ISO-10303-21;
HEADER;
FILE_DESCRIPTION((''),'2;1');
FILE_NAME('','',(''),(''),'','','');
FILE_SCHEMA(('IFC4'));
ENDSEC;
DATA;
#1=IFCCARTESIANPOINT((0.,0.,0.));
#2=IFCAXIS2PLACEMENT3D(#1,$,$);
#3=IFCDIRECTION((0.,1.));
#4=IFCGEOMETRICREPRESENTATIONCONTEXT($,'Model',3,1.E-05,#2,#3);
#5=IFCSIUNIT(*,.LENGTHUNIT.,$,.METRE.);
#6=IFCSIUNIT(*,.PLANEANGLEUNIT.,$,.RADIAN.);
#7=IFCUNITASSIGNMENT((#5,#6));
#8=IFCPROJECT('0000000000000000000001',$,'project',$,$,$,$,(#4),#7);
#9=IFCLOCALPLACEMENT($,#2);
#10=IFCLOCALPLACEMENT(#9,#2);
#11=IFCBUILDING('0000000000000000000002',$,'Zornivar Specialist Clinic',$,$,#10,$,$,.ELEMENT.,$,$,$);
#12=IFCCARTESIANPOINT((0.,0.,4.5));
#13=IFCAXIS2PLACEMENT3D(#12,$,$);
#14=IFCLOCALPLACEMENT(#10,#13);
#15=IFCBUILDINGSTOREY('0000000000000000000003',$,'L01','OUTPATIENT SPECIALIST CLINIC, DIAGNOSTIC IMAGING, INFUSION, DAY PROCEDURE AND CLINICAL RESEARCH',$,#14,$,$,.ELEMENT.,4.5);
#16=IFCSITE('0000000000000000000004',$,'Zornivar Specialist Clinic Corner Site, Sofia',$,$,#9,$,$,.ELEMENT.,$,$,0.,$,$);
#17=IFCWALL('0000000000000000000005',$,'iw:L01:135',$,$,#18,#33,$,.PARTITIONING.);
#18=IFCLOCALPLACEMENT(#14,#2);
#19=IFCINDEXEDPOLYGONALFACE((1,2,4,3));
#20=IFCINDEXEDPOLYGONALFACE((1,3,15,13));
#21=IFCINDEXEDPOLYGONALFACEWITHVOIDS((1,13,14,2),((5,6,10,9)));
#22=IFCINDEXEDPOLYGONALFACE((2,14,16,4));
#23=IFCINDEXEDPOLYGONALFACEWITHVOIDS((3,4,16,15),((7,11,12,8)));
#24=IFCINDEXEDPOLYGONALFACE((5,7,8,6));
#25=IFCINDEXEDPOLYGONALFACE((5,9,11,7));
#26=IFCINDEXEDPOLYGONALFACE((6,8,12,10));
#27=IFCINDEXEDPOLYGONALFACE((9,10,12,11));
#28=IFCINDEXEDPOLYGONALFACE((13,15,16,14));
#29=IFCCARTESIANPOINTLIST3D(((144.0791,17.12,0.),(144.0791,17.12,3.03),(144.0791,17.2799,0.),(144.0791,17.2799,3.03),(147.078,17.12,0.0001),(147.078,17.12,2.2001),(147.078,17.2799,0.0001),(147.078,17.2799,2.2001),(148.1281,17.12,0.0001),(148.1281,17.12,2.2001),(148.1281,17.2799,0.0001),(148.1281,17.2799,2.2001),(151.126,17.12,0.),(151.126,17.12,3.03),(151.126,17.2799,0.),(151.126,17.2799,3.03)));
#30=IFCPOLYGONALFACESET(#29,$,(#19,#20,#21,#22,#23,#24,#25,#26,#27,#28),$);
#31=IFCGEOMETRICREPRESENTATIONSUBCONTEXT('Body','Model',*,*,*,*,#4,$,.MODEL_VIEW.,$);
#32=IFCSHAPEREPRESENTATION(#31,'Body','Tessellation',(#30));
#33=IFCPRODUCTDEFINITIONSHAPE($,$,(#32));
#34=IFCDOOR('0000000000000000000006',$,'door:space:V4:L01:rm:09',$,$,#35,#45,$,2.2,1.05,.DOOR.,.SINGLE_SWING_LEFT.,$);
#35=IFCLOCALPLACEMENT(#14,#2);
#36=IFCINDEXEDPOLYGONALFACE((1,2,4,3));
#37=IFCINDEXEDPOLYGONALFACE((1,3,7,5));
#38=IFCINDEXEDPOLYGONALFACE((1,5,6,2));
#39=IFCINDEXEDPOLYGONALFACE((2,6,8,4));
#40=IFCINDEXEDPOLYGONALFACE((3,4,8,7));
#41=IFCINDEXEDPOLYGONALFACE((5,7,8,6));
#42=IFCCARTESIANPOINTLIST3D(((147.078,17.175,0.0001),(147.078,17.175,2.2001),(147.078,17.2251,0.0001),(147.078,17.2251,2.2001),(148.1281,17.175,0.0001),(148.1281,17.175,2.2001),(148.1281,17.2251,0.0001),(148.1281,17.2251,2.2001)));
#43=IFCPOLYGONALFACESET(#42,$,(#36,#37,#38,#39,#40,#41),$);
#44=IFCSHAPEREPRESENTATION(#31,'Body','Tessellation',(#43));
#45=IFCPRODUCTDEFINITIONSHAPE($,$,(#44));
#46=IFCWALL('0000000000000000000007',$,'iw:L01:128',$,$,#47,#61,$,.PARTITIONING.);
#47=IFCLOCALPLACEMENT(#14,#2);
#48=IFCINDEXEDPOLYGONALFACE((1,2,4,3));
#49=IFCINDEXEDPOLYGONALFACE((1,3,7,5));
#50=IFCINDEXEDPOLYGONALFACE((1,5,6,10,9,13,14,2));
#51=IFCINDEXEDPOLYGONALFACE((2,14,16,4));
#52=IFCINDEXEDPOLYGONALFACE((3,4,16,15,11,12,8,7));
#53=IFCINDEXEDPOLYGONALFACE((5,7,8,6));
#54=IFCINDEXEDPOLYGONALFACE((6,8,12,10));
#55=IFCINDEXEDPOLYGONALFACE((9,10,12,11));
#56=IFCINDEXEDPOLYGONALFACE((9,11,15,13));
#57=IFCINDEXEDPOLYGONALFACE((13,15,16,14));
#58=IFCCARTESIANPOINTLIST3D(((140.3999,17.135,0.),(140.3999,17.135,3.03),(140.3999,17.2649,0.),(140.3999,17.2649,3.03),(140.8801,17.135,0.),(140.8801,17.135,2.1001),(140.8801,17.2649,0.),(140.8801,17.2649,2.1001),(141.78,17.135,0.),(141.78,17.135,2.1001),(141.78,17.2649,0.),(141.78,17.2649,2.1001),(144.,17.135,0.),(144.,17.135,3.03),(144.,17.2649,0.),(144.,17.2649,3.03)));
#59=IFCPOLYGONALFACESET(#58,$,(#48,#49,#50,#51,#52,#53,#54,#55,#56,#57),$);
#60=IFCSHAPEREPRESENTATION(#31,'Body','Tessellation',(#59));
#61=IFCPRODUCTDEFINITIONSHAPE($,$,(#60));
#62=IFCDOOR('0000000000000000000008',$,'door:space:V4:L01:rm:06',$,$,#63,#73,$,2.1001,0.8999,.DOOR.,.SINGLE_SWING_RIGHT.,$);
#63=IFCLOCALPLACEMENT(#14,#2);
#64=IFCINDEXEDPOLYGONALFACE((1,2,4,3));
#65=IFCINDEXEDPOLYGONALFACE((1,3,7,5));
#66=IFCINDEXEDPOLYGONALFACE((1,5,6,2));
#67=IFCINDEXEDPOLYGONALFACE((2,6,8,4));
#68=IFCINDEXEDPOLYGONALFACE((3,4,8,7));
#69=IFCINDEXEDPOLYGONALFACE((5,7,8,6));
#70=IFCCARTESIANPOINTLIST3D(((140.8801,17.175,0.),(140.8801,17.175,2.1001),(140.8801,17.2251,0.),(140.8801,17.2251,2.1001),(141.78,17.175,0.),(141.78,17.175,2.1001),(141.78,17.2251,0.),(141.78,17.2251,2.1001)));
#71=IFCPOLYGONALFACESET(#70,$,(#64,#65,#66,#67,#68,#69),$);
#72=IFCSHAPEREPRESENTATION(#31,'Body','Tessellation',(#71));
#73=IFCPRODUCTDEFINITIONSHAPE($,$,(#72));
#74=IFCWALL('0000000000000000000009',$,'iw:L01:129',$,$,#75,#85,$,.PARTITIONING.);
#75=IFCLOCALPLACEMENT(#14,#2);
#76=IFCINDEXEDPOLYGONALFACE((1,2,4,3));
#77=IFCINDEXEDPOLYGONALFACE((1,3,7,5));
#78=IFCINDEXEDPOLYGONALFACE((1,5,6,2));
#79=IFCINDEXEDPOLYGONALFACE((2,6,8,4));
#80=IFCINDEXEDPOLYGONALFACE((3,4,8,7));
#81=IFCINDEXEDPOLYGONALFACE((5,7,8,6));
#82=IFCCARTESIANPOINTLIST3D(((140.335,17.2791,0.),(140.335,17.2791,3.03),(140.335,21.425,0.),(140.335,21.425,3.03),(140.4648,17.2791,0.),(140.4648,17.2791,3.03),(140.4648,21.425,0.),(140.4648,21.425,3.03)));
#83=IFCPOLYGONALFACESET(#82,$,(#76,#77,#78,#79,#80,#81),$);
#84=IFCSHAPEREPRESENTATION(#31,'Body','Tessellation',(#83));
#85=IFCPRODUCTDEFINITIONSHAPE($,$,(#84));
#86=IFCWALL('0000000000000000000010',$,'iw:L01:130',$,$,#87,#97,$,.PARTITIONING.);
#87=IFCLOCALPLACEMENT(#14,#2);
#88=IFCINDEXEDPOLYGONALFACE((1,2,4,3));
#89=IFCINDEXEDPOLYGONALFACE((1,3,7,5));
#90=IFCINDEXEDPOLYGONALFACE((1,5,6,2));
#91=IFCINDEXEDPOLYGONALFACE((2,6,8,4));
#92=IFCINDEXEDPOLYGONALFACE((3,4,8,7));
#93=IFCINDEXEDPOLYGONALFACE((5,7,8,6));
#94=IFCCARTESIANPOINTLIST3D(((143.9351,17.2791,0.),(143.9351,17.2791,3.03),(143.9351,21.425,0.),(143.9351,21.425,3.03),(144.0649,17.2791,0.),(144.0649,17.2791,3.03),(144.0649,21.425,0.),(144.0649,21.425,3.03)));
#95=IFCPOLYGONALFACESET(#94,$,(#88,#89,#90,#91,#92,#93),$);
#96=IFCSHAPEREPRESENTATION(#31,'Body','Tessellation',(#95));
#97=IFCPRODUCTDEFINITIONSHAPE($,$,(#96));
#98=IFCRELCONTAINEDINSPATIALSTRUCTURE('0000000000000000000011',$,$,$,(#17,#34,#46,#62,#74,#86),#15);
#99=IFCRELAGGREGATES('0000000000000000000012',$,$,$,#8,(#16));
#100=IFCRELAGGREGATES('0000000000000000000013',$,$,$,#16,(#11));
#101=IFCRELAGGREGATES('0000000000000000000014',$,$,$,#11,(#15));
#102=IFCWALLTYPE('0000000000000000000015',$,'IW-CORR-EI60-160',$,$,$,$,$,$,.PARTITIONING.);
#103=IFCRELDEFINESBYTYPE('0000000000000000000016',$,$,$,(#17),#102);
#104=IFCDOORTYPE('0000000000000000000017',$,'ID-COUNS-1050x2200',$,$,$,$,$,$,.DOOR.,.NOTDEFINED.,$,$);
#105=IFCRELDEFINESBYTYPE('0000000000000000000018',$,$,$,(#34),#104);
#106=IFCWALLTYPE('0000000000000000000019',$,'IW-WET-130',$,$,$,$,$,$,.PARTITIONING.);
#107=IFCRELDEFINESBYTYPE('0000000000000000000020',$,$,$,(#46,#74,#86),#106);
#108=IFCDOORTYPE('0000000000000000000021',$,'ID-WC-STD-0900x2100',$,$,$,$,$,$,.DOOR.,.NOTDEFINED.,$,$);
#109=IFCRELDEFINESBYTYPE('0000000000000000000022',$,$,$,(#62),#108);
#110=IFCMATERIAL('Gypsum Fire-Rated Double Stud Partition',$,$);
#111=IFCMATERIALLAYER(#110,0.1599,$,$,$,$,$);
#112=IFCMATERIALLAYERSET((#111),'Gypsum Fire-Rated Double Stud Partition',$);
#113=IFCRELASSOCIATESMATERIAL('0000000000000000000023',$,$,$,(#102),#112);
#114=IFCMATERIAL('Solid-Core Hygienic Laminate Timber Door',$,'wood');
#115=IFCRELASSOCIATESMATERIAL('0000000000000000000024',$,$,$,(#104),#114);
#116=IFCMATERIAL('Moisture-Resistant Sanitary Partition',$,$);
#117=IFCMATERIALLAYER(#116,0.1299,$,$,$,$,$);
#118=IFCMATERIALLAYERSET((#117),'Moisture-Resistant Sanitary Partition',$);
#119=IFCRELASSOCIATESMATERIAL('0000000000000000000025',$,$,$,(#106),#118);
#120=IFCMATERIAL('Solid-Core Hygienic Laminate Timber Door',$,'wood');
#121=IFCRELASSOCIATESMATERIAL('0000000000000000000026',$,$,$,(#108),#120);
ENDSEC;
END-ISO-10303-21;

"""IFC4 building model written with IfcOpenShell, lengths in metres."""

from ifc_helpers import new_model, si_unit, direction, frame, frame_2d, origin, place, context, subcontext, project, spatial, rectangle, extrude, material, layer, layer_set, type_object, element, fill, save


model = new_model("IFC4")

# Units and contexts
model_context = context("Model", 3, precision=1e-05, world=origin(), true_north=direction((0.0, 1.0)))
body_context = subcontext(model_context, "Body", "Model", "MODEL_VIEW")
ifc_project = project(units=[si_unit("LENGTHUNIT", "METRE"), si_unit("PLANEANGLEUNIT", "RADIAN")], contexts=[model_context])

# Site, building, storey
site_placement = place(None, origin())
site = spatial("IfcSite", under=ifc_project, at=site_placement, Name="Zornivar Specialist Clinic Corner Site, Sofia", CompositionType="ELEMENT", RefElevation=0.0)
building_placement = place(site_placement, origin())
building = spatial("IfcBuilding", under=site, at=building_placement, Name="Zornivar Specialist Clinic", CompositionType="ELEMENT")
storey_placement = place(building_placement, frame((0.0, 0.0, 4.5)))
storey = spatial("IfcBuildingStorey", under=building, at=storey_placement, Name="L01", Description="OUTPATIENT SPECIALIST CLINIC, DIAGNOSTIC IMAGING, INFUSION, DAY PROCEDURE AND CLINICAL RESEARCH", CompositionType="ELEMENT", Elevation=4.5)

# Walls, openings, doors
ifc_material_1 = material(Name="Gypsum Fire-Rated Double Stud Partition")
ifc_layer_1 = layer(ifc_material_1, 0.1599)
ifc_layer_set_1 = layer_set([ifc_layer_1], Name="Gypsum Fire-Rated Double Stud Partition")
wall_type_1 = type_object("IfcWallType", Name="IW-CORR-EI60-160", PredefinedType="PARTITIONING", material=ifc_layer_set_1)
wall_1_placement = place(storey_placement, frame((151.126, 17.2, 0.0), z_axis=(0.0, 0.0, 1.0), x_axis=(-1.0, 0.0, 0.0)))
wall_1 = element("IfcWall", 1, at=wall_1_placement, inside=storey, type_object=wall_type_1, Name="iw:L01:135", PredefinedType="PARTITIONING", context=body_context, shape_type="SweptSolid", body=[
    extrude(rectangle(XDim=7.0469, YDim=0.1599, at=frame_2d((3.5234, 0.0))), origin(), (0.0, 0.0, 1.0), 3.03),
])
opening_1_placement = place(wall_1_placement, frame((2.998, 0.0, 0.0)))
opening_1 = element("IfcOpeningElement", 2, at=opening_1_placement, cuts=wall_1, PredefinedType="OPENING", context=body_context, shape_type="SweptSolid", body=[
    extrude(rectangle(XDim=1.05, YDim=2.2, at=frame_2d((0.5249, 1.1001))), frame((0.0, 0.0898, 0.0), z_axis=(0.0, -1.0, 0.0), x_axis=(1.0, 0.0, 0.0)), (0.0, 0.0, 1.0), 0.1799),
])
ifc_material_2 = material(Name="Solid-Core Hygienic Laminate Timber Door", Category="wood")
door_type_1 = type_object("IfcDoorType", Name="ID-COUNS-1050x2200", OperationType="NOTDEFINED", PredefinedType="DOOR", material=ifc_material_2)
door_1_placement = place(opening_1_placement, origin())
door_1 = element("IfcDoor", 3, at=door_1_placement, inside=storey, type_object=door_type_1, Name="door:space:V4:L01:rm:09", OperationType="SINGLE_SWING_LEFT", OverallHeight=2.2, OverallWidth=1.05, PredefinedType="DOOR", context=body_context, shape_type="SweptSolid", body=[
    extrude(rectangle(XDim=1.05, YDim=2.2, at=frame_2d((0.5249, 1.1001))), frame((0.0, 0.0249, 0.0), z_axis=(0.0, -1.0, 0.0), x_axis=(1.0, 0.0, 0.0)), (0.0, 0.0, 1.0), 0.05),
])
fill(opening_1, door_1)
ifc_material_3 = material(Name="Moisture-Resistant Sanitary Partition")
ifc_layer_2 = layer(ifc_material_3, 0.1299)
ifc_layer_set_2 = layer_set([ifc_layer_2], Name="Moisture-Resistant Sanitary Partition")
wall_type_2 = type_object("IfcWallType", Name="IW-WET-130", PredefinedType="PARTITIONING", material=ifc_layer_set_2)
wall_2_placement = place(storey_placement, frame((144.0, 17.2, 0.0), z_axis=(0.0, 0.0, 1.0), x_axis=(-1.0, 0.0, 0.0)))
wall_2 = element("IfcWall", 4, at=wall_2_placement, inside=storey, type_object=wall_type_2, Name="iw:L01:128", PredefinedType="PARTITIONING", context=body_context, shape_type="SweptSolid", body=[
    extrude(rectangle(XDim=3.6001, YDim=0.1299, at=frame_2d((1.8, 0.0))), origin(), (0.0, 0.0, 1.0), 3.03),
])
opening_2_placement = place(wall_2_placement, frame((2.22, 0.0, 0.0)))
opening_2 = element("IfcOpeningElement", 5, at=opening_2_placement, cuts=wall_2, PredefinedType="OPENING", context=body_context, shape_type="SweptSolid", body=[
    extrude(rectangle(XDim=0.8999, YDim=2.1001, at=frame_2d((0.45, 1.05))), frame((0.0, 0.075, 0.0), z_axis=(0.0, -1.0, 0.0), x_axis=(1.0, 0.0, 0.0)), (0.0, 0.0, 1.0), 0.1499),
])
ifc_material_4 = material(Name="Solid-Core Hygienic Laminate Timber Door", Category="wood")
door_type_2 = type_object("IfcDoorType", Name="ID-WC-STD-0900x2100", OperationType="NOTDEFINED", PredefinedType="DOOR", material=ifc_material_4)
door_2_placement = place(opening_2_placement, origin())
door_2 = element("IfcDoor", 6, at=door_2_placement, inside=storey, type_object=door_type_2, Name="door:space:V4:L01:rm:06", OperationType="SINGLE_SWING_RIGHT", OverallHeight=2.1001, OverallWidth=0.8999, PredefinedType="DOOR", context=body_context, shape_type="SweptSolid", body=[
    extrude(rectangle(XDim=0.8999, YDim=2.1001, at=frame_2d((0.45, 1.05))), frame((0.0, 0.0249, 0.0), z_axis=(0.0, -1.0, 0.0), x_axis=(1.0, 0.0, 0.0)), (0.0, 0.0, 1.0), 0.05),
])
fill(opening_2, door_2)

# Walls
for number, where, z_axis, x_axis, name in (
    (7, (140.3999, 17.2791, 0.0), (0.0, 0.0, 1.0), (0.0, 1.0, 0.0), "iw:L01:129"),
    (8, (144.0, 21.425, 0.0), (0.0, 0.0, 1.0), (0.0, -1.0, 0.0), "iw:L01:130"),
):
    element("IfcWall", number, at=place(storey_placement, frame(where, z_axis=z_axis, x_axis=x_axis)), inside=storey, type_object=wall_type_2, Name=name, PredefinedType="PARTITIONING", context=body_context, shape_type="SweptSolid", body=[
        extrude(rectangle(XDim=4.146, YDim=0.1299, at=frame_2d((2.073, 0.0))), origin(), (0.0, 0.0, 1.0), 3.03),
    ])

save(model, "model.ifc")
